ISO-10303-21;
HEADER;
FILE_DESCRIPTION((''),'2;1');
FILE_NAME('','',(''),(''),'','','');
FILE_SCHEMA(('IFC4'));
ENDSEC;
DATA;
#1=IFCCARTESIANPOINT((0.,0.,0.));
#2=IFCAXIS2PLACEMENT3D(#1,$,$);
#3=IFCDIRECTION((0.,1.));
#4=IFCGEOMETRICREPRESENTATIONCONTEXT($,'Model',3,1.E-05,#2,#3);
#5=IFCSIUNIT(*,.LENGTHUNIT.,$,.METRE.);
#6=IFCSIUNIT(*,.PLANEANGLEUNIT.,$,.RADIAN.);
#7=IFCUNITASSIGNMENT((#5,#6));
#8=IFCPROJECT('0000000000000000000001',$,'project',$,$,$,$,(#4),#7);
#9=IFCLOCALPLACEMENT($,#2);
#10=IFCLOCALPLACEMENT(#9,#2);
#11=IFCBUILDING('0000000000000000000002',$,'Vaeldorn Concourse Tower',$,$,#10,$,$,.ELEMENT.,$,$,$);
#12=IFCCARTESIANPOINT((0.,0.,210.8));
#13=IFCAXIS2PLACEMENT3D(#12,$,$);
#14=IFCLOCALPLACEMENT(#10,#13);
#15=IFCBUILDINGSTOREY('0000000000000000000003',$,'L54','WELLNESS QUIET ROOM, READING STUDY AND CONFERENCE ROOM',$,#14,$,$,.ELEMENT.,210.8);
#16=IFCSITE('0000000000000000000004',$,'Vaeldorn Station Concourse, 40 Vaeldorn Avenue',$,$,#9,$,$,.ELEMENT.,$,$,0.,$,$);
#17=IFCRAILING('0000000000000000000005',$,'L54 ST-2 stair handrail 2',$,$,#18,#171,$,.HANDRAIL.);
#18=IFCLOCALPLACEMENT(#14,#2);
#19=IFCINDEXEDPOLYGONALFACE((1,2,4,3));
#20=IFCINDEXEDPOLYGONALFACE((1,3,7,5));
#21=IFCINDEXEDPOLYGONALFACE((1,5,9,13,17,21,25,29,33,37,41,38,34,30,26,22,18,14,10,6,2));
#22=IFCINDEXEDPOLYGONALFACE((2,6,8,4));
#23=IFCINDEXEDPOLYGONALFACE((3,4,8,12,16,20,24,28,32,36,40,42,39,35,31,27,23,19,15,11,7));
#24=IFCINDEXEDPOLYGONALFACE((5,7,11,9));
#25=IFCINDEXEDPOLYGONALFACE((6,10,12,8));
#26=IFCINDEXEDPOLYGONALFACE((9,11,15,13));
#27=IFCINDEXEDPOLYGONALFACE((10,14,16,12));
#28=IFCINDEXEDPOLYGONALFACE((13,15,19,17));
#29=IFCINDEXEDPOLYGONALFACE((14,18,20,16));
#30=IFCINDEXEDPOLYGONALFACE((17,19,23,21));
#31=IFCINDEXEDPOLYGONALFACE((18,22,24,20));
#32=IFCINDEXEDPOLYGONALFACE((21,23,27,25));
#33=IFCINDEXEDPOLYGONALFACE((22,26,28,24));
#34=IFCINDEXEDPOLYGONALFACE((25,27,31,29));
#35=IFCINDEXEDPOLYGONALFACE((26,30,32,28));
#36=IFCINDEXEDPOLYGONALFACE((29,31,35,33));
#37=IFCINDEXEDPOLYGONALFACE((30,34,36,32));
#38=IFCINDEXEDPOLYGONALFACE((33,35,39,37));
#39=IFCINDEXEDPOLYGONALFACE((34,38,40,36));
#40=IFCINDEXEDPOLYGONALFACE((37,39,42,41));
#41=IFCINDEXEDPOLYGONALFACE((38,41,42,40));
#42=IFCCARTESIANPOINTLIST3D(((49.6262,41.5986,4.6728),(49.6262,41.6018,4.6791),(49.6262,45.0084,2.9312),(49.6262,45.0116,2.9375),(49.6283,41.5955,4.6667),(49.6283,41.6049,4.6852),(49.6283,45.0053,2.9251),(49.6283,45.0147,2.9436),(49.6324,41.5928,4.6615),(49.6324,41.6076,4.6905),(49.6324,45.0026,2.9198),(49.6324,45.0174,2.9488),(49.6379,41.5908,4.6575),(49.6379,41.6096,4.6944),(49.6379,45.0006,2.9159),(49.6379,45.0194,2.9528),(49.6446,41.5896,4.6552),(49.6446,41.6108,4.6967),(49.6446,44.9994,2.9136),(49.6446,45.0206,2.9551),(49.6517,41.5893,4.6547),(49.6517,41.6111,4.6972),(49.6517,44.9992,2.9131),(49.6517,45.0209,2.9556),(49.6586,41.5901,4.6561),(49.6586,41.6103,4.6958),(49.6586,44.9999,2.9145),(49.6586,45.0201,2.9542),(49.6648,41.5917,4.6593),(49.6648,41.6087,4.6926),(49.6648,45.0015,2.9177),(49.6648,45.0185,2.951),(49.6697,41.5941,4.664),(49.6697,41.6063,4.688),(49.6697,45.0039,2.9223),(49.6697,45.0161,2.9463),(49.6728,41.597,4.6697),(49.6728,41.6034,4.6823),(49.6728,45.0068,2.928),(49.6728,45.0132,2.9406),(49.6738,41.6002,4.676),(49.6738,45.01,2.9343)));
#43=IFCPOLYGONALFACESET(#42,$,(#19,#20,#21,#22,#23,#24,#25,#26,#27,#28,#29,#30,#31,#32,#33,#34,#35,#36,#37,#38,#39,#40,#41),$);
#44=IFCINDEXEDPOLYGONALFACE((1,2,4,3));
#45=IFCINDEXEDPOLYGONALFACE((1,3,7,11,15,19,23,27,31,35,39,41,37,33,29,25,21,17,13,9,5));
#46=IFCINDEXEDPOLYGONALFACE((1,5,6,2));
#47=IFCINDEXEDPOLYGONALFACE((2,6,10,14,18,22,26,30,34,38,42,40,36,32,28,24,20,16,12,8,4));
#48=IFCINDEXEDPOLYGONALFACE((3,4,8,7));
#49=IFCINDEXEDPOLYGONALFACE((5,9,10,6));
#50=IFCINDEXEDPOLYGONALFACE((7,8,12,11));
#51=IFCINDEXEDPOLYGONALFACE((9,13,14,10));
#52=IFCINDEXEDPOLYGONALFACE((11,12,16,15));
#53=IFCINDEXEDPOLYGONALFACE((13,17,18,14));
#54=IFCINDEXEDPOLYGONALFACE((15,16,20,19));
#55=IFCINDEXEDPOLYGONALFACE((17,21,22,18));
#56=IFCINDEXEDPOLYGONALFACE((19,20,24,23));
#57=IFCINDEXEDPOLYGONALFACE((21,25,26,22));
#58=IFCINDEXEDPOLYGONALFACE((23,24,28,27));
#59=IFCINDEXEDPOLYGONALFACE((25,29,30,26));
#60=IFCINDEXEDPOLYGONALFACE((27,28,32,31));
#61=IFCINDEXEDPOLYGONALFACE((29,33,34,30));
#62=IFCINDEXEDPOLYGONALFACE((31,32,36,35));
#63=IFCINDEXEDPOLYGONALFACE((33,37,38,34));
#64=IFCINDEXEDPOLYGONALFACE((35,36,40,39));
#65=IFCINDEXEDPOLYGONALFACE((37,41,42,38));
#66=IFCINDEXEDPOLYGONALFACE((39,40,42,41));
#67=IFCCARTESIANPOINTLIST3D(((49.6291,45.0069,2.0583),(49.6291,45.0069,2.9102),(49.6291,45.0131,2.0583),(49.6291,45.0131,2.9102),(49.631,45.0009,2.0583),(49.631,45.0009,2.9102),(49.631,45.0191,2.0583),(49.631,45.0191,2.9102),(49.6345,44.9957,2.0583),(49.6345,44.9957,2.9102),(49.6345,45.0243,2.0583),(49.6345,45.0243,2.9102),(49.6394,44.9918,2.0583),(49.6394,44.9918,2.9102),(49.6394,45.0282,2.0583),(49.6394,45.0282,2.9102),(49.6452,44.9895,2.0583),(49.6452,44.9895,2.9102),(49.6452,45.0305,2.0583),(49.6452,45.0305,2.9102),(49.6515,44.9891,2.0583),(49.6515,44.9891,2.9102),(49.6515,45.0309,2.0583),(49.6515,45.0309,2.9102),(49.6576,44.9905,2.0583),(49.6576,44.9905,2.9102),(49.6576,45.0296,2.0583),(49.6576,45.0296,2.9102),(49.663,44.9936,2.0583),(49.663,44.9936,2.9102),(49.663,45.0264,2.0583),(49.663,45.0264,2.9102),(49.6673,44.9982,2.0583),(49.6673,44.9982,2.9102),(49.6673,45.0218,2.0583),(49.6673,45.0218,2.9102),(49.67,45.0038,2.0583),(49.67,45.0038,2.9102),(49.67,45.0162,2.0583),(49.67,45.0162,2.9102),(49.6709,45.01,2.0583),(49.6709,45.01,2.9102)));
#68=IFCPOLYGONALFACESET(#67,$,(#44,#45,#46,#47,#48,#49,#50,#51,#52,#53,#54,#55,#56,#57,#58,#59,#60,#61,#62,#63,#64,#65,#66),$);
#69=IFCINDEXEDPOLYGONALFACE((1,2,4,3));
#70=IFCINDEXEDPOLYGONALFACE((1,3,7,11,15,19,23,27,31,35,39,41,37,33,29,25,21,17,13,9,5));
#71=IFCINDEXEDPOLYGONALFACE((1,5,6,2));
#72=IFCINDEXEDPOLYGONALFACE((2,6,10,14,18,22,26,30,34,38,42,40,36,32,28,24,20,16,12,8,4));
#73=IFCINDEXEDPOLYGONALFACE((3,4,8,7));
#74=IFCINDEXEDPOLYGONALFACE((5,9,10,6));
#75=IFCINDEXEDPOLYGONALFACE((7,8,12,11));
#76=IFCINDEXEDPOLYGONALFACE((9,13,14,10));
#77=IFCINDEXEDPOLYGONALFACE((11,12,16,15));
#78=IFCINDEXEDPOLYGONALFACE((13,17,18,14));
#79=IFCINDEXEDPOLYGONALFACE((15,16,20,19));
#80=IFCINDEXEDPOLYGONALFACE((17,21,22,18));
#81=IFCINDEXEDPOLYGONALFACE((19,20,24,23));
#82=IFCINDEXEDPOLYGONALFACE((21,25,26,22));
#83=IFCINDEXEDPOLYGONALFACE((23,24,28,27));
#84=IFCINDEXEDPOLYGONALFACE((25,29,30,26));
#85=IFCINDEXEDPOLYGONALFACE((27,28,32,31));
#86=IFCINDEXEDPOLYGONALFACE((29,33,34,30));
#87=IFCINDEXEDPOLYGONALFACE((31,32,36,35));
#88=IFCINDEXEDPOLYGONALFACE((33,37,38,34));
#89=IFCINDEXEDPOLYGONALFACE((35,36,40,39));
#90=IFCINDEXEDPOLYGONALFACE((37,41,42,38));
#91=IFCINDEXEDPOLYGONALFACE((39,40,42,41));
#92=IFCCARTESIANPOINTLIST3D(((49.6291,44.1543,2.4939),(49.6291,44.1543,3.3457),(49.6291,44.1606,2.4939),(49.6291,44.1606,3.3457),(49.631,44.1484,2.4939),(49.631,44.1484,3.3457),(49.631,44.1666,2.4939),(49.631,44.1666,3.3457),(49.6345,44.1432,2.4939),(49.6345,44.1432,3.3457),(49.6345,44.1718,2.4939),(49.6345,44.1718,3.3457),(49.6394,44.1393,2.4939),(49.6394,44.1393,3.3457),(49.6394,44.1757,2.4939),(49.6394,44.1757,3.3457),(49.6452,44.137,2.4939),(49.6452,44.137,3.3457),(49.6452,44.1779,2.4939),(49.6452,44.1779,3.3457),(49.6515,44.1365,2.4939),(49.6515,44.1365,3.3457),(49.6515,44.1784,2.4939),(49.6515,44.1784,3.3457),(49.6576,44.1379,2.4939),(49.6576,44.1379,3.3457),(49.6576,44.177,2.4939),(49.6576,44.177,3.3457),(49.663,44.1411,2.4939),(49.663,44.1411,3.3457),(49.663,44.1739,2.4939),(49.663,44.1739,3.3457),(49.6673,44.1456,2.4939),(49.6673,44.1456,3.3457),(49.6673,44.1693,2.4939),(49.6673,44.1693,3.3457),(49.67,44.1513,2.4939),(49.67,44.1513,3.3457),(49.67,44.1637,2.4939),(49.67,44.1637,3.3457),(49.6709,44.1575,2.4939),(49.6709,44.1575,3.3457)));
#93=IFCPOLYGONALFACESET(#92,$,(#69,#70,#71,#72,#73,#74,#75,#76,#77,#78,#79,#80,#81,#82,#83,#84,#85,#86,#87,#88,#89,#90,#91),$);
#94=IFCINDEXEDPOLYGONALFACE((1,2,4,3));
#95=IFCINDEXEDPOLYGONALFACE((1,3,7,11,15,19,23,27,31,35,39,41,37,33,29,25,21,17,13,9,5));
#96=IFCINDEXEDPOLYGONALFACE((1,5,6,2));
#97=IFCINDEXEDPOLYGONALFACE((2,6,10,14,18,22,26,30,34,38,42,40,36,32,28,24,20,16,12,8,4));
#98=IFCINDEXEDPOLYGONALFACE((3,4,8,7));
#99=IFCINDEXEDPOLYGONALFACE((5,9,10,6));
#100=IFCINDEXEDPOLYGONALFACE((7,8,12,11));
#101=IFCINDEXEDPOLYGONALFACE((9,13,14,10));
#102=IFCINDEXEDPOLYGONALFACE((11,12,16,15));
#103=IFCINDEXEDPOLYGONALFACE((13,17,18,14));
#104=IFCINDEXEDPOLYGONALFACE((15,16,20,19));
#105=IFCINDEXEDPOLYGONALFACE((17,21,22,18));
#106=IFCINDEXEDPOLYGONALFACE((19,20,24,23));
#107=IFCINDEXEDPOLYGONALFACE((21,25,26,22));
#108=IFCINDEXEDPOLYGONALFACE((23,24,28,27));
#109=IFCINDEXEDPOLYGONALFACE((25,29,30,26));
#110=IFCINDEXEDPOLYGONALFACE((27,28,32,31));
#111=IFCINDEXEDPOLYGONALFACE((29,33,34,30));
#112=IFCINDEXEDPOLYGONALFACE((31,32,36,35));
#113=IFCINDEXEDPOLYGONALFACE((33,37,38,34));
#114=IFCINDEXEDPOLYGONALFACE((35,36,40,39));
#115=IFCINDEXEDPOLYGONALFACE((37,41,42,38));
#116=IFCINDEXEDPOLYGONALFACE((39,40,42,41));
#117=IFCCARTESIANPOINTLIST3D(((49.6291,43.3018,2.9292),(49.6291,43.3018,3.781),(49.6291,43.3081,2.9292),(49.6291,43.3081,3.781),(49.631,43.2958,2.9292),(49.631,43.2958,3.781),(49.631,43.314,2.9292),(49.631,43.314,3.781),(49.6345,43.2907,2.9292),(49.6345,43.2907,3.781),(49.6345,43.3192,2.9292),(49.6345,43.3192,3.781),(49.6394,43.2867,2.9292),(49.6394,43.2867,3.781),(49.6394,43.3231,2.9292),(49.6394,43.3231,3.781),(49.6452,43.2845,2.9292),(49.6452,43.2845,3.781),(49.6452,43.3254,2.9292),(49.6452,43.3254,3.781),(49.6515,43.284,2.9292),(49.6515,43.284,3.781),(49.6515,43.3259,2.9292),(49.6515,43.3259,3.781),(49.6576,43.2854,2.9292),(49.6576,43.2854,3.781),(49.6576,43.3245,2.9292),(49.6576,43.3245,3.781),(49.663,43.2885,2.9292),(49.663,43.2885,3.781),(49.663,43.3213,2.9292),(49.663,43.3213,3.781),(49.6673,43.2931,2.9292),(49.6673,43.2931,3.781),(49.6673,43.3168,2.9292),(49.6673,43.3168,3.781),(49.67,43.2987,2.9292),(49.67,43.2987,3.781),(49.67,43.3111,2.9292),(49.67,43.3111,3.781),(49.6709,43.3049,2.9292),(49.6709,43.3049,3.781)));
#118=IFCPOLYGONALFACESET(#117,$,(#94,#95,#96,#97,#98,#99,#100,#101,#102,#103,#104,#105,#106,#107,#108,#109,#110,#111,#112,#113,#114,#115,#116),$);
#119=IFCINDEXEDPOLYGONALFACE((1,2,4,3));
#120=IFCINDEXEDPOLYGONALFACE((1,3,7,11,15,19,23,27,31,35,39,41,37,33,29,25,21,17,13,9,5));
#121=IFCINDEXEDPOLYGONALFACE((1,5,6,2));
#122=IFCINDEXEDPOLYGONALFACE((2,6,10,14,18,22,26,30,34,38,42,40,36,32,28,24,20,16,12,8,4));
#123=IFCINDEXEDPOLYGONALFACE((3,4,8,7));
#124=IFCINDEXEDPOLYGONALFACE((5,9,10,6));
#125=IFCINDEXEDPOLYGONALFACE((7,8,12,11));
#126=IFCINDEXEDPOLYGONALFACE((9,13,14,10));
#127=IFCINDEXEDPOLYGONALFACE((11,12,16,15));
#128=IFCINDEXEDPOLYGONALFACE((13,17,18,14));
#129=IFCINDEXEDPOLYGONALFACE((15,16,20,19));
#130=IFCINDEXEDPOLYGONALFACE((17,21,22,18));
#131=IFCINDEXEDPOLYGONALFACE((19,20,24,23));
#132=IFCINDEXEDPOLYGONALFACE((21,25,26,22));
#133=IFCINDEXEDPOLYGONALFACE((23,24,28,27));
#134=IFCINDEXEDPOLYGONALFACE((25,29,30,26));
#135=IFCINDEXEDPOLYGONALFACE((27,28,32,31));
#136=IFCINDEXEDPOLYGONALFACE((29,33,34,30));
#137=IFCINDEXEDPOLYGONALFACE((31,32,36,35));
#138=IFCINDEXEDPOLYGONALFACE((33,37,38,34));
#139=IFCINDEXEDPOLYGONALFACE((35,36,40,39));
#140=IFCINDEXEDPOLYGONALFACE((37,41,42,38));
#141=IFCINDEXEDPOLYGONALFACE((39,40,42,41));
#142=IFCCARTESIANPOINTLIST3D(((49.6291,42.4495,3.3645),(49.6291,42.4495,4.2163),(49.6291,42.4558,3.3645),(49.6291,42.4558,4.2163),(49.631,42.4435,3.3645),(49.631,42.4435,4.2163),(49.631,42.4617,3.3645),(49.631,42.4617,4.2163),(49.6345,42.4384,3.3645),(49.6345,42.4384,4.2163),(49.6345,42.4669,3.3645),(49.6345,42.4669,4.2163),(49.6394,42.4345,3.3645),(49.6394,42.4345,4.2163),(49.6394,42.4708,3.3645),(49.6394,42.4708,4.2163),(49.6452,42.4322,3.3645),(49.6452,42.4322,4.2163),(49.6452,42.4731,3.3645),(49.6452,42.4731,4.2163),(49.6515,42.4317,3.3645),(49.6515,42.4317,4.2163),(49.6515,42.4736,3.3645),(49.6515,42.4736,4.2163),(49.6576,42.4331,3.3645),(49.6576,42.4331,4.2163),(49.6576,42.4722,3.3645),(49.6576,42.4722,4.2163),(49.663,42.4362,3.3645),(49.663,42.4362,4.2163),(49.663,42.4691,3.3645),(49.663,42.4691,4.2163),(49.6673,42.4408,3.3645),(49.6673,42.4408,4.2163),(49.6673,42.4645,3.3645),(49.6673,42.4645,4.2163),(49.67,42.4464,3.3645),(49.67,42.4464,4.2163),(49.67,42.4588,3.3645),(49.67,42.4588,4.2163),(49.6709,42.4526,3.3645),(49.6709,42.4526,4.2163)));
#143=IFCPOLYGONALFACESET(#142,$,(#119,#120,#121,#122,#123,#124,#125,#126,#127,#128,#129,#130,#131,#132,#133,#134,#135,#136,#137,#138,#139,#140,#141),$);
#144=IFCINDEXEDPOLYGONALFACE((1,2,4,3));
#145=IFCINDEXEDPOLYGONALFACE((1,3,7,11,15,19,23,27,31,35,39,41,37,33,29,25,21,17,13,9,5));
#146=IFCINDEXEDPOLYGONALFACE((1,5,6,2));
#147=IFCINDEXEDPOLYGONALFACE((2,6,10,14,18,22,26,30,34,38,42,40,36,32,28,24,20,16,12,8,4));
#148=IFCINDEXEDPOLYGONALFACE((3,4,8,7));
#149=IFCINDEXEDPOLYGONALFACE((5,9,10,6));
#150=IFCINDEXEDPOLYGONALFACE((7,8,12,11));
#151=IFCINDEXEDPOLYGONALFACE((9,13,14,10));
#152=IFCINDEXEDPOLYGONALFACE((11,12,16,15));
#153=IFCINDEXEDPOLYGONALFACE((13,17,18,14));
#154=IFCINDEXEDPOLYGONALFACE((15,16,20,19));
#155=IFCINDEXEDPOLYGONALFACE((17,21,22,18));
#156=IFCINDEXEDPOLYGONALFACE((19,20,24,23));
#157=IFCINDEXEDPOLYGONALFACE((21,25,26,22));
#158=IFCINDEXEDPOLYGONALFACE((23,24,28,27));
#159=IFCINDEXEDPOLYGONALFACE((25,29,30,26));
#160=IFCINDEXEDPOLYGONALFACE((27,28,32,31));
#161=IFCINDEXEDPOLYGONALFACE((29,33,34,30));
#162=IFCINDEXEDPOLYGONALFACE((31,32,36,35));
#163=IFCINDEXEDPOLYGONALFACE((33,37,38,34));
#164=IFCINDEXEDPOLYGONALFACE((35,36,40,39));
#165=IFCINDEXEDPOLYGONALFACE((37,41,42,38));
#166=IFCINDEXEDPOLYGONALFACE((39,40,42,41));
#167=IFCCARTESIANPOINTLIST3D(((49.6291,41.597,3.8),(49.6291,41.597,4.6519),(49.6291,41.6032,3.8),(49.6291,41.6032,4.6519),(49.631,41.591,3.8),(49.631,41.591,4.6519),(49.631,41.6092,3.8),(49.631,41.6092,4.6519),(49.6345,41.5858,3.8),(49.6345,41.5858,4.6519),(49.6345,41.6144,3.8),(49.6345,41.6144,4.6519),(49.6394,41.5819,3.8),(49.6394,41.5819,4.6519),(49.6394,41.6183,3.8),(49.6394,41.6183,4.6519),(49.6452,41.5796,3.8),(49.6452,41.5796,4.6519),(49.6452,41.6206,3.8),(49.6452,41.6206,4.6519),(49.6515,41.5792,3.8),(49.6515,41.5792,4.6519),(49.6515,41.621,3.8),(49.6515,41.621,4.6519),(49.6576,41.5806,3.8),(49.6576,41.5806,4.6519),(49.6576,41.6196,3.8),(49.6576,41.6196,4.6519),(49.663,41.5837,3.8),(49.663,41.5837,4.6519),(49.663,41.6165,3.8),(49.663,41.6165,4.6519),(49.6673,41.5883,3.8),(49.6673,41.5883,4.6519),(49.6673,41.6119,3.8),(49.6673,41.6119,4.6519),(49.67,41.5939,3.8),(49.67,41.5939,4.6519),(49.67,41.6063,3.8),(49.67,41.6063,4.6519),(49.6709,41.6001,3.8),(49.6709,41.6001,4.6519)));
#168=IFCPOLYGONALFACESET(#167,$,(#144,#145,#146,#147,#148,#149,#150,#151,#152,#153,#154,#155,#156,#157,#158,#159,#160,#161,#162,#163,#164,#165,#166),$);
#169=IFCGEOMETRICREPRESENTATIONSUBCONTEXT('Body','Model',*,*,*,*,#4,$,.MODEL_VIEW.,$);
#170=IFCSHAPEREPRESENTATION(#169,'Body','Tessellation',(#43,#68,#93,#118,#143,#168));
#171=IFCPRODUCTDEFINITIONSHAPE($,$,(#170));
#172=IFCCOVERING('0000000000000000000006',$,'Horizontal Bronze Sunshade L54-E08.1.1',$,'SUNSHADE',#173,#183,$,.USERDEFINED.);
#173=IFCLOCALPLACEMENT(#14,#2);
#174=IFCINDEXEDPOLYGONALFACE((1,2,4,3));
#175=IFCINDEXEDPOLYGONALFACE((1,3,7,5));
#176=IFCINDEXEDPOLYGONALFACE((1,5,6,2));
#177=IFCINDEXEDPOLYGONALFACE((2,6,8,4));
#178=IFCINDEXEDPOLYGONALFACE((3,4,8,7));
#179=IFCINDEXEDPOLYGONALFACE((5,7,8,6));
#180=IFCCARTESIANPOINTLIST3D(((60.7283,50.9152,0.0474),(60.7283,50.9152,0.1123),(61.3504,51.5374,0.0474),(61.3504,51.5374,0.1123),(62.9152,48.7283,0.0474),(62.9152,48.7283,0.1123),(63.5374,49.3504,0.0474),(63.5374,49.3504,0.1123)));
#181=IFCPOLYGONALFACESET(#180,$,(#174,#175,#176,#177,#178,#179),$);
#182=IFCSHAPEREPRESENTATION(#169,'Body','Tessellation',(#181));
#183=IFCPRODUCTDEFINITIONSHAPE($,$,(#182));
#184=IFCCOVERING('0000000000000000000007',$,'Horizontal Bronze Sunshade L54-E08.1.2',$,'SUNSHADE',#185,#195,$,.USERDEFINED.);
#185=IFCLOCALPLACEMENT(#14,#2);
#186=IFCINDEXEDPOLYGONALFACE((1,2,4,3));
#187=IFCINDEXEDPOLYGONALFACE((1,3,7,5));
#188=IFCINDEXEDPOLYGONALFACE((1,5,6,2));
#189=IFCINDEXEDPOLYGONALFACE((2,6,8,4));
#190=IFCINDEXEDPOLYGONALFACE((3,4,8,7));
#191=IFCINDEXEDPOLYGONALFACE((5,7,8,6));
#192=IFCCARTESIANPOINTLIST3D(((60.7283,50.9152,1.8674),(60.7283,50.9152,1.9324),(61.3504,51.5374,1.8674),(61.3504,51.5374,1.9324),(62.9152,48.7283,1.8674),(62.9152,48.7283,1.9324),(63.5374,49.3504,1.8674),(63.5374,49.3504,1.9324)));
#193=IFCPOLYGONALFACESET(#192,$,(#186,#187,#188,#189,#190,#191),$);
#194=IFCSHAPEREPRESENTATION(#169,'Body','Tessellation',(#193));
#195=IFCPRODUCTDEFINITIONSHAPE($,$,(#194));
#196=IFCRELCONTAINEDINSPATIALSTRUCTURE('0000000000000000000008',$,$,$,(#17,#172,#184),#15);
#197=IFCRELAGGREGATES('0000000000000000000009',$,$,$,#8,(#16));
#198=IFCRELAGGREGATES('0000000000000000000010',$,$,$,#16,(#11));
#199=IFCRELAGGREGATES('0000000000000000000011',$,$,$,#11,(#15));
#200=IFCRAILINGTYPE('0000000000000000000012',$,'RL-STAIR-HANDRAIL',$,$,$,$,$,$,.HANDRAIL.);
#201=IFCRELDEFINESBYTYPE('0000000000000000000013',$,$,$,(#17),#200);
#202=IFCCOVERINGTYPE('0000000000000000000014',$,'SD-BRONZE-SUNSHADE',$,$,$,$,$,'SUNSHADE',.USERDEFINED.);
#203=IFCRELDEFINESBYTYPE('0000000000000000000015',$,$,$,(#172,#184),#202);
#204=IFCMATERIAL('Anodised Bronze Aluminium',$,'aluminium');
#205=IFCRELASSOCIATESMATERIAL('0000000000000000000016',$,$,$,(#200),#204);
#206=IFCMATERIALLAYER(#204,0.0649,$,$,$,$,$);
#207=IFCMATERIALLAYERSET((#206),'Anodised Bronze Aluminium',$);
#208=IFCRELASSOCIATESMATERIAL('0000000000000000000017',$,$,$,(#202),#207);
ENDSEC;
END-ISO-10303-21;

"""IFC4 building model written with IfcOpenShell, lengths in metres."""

from ifc_helpers import new_model, si_unit, direction, frame, origin, origin_2d, place, context, subcontext, project, spatial, rectangle, circle, extrude, source, transform, mapped, material, layer, layer_set, type_object, element, save


model = new_model("IFC4")

# Units and contexts
model_context = context("Model", 3, precision=1e-05, world=origin(), true_north=direction((0.0, 1.0)))
body_context = subcontext(model_context, "Body", "Model", "MODEL_VIEW")
ifc_project = project(units=[si_unit("LENGTHUNIT", "METRE"), si_unit("PLANEANGLEUNIT", "RADIAN")], contexts=[model_context])

# Site, building, storey
site_placement = place(None, origin())
site = spatial("IfcSite", under=ifc_project, at=site_placement, Name="Vaeldorn Station Concourse, 40 Vaeldorn Avenue", CompositionType="ELEMENT", RefElevation=0.0)
building_placement = place(site_placement, origin())
building = spatial("IfcBuilding", under=site, at=building_placement, Name="Vaeldorn Concourse Tower", CompositionType="ELEMENT")
storey_placement = place(building_placement, frame((0.0, 0.0, 210.8)))
storey = spatial("IfcBuildingStorey", under=building, at=storey_placement, Name="L54", Description="WELLNESS QUIET ROOM, READING STUDY AND CONFERENCE ROOM", CompositionType="ELEMENT", Elevation=210.8)

# Shared definitions
ifc_material_1 = material(Name="Anodised Bronze Aluminium", Category="aluminium")

# Railing
railing_type_1 = type_object("IfcRailingType", Name="RL-STAIR-HANDRAIL", PredefinedType="HANDRAIL", material=ifc_material_1)
railing_1_placement = place(storey_placement, frame((49.6499, 45.01, 2.0583)))
element("IfcRailing", 1, at=railing_1_placement, inside=storey, type_object=railing_type_1, Name="L54 ST-2 stair handrail 2", PredefinedType="HANDRAIL", context=body_context, shape_type="SweptSolid", body=[
    extrude(circle(Radius=0.0239, at=origin_2d()), frame((0.0, 0.0, 0.876), z_axis=(0.0, -0.890556, 0.454874), x_axis=(1.0, 0.0, 0.0)), (0.0, 0.0, 1.0), 3.8289),
    extrude(circle(Radius=0.021, at=origin_2d()), origin(), (0.0, 0.0, 1.0), 0.8518),
    extrude(circle(Radius=0.021, at=origin_2d()), frame((0.0, -0.8525, 0.4355)), (0.0, 0.0, 1.0), 0.8518),
    extrude(circle(Radius=0.021, at=origin_2d()), frame((0.0, -1.7051, 0.8708)), (0.0, 0.0, 1.0), 0.8518),
    extrude(circle(Radius=0.021, at=origin_2d()), frame((0.0, -2.5574, 1.3062)), (0.0, 0.0, 1.0), 0.8518),
    extrude(circle(Radius=0.021, at=origin_2d()), frame((0.0, -3.4099, 1.7417)), (0.0, 0.0, 1.0), 0.8518),
])

# Coverings
ifc_layer_1 = layer(ifc_material_1, 0.0649)
ifc_layer_set_1 = layer_set([ifc_layer_1], Name="Anodised Bronze Aluminium")
covering_type = type_object("IfcCoveringType", Name="SD-BRONZE-SUNSHADE", ElementType="SUNSHADE", PredefinedType="USERDEFINED", material=ifc_layer_set_1)
shared_shape_1 = source(origin(), body_context, "Body", "SweptSolid", [
    extrude(rectangle(XDim=3.0928, YDim=0.8799, at=origin_2d()), origin(), (0.0, 0.0, 1.0), 0.0649),
])
for number, where, z_axis, x_axis, name in (
    (2, (62.1328, 50.1328, 0.0474), (0.0, 0.0, 1.0), (-0.707107, 0.707107, 0.0), "Horizontal Bronze Sunshade L54-E08.1.1"),
    (3, (62.1328, 50.1328, 1.8674), (0.0, 0.0, 1.0), (-0.707107, 0.707107, 0.0), "Horizontal Bronze Sunshade L54-E08.1.2"),
):
    element("IfcCovering", number, at=place(storey_placement, frame(where, z_axis=z_axis, x_axis=x_axis)), inside=storey, type_object=covering_type, Name=name, ObjectType="SUNSHADE", PredefinedType="USERDEFINED", context=body_context, shape_type="MappedRepresentation", body=[
        mapped(shared_shape_1, transform((0.0, 0.0, 0.0), scale=1.0)),
    ])

save(model, "model.ifc")
